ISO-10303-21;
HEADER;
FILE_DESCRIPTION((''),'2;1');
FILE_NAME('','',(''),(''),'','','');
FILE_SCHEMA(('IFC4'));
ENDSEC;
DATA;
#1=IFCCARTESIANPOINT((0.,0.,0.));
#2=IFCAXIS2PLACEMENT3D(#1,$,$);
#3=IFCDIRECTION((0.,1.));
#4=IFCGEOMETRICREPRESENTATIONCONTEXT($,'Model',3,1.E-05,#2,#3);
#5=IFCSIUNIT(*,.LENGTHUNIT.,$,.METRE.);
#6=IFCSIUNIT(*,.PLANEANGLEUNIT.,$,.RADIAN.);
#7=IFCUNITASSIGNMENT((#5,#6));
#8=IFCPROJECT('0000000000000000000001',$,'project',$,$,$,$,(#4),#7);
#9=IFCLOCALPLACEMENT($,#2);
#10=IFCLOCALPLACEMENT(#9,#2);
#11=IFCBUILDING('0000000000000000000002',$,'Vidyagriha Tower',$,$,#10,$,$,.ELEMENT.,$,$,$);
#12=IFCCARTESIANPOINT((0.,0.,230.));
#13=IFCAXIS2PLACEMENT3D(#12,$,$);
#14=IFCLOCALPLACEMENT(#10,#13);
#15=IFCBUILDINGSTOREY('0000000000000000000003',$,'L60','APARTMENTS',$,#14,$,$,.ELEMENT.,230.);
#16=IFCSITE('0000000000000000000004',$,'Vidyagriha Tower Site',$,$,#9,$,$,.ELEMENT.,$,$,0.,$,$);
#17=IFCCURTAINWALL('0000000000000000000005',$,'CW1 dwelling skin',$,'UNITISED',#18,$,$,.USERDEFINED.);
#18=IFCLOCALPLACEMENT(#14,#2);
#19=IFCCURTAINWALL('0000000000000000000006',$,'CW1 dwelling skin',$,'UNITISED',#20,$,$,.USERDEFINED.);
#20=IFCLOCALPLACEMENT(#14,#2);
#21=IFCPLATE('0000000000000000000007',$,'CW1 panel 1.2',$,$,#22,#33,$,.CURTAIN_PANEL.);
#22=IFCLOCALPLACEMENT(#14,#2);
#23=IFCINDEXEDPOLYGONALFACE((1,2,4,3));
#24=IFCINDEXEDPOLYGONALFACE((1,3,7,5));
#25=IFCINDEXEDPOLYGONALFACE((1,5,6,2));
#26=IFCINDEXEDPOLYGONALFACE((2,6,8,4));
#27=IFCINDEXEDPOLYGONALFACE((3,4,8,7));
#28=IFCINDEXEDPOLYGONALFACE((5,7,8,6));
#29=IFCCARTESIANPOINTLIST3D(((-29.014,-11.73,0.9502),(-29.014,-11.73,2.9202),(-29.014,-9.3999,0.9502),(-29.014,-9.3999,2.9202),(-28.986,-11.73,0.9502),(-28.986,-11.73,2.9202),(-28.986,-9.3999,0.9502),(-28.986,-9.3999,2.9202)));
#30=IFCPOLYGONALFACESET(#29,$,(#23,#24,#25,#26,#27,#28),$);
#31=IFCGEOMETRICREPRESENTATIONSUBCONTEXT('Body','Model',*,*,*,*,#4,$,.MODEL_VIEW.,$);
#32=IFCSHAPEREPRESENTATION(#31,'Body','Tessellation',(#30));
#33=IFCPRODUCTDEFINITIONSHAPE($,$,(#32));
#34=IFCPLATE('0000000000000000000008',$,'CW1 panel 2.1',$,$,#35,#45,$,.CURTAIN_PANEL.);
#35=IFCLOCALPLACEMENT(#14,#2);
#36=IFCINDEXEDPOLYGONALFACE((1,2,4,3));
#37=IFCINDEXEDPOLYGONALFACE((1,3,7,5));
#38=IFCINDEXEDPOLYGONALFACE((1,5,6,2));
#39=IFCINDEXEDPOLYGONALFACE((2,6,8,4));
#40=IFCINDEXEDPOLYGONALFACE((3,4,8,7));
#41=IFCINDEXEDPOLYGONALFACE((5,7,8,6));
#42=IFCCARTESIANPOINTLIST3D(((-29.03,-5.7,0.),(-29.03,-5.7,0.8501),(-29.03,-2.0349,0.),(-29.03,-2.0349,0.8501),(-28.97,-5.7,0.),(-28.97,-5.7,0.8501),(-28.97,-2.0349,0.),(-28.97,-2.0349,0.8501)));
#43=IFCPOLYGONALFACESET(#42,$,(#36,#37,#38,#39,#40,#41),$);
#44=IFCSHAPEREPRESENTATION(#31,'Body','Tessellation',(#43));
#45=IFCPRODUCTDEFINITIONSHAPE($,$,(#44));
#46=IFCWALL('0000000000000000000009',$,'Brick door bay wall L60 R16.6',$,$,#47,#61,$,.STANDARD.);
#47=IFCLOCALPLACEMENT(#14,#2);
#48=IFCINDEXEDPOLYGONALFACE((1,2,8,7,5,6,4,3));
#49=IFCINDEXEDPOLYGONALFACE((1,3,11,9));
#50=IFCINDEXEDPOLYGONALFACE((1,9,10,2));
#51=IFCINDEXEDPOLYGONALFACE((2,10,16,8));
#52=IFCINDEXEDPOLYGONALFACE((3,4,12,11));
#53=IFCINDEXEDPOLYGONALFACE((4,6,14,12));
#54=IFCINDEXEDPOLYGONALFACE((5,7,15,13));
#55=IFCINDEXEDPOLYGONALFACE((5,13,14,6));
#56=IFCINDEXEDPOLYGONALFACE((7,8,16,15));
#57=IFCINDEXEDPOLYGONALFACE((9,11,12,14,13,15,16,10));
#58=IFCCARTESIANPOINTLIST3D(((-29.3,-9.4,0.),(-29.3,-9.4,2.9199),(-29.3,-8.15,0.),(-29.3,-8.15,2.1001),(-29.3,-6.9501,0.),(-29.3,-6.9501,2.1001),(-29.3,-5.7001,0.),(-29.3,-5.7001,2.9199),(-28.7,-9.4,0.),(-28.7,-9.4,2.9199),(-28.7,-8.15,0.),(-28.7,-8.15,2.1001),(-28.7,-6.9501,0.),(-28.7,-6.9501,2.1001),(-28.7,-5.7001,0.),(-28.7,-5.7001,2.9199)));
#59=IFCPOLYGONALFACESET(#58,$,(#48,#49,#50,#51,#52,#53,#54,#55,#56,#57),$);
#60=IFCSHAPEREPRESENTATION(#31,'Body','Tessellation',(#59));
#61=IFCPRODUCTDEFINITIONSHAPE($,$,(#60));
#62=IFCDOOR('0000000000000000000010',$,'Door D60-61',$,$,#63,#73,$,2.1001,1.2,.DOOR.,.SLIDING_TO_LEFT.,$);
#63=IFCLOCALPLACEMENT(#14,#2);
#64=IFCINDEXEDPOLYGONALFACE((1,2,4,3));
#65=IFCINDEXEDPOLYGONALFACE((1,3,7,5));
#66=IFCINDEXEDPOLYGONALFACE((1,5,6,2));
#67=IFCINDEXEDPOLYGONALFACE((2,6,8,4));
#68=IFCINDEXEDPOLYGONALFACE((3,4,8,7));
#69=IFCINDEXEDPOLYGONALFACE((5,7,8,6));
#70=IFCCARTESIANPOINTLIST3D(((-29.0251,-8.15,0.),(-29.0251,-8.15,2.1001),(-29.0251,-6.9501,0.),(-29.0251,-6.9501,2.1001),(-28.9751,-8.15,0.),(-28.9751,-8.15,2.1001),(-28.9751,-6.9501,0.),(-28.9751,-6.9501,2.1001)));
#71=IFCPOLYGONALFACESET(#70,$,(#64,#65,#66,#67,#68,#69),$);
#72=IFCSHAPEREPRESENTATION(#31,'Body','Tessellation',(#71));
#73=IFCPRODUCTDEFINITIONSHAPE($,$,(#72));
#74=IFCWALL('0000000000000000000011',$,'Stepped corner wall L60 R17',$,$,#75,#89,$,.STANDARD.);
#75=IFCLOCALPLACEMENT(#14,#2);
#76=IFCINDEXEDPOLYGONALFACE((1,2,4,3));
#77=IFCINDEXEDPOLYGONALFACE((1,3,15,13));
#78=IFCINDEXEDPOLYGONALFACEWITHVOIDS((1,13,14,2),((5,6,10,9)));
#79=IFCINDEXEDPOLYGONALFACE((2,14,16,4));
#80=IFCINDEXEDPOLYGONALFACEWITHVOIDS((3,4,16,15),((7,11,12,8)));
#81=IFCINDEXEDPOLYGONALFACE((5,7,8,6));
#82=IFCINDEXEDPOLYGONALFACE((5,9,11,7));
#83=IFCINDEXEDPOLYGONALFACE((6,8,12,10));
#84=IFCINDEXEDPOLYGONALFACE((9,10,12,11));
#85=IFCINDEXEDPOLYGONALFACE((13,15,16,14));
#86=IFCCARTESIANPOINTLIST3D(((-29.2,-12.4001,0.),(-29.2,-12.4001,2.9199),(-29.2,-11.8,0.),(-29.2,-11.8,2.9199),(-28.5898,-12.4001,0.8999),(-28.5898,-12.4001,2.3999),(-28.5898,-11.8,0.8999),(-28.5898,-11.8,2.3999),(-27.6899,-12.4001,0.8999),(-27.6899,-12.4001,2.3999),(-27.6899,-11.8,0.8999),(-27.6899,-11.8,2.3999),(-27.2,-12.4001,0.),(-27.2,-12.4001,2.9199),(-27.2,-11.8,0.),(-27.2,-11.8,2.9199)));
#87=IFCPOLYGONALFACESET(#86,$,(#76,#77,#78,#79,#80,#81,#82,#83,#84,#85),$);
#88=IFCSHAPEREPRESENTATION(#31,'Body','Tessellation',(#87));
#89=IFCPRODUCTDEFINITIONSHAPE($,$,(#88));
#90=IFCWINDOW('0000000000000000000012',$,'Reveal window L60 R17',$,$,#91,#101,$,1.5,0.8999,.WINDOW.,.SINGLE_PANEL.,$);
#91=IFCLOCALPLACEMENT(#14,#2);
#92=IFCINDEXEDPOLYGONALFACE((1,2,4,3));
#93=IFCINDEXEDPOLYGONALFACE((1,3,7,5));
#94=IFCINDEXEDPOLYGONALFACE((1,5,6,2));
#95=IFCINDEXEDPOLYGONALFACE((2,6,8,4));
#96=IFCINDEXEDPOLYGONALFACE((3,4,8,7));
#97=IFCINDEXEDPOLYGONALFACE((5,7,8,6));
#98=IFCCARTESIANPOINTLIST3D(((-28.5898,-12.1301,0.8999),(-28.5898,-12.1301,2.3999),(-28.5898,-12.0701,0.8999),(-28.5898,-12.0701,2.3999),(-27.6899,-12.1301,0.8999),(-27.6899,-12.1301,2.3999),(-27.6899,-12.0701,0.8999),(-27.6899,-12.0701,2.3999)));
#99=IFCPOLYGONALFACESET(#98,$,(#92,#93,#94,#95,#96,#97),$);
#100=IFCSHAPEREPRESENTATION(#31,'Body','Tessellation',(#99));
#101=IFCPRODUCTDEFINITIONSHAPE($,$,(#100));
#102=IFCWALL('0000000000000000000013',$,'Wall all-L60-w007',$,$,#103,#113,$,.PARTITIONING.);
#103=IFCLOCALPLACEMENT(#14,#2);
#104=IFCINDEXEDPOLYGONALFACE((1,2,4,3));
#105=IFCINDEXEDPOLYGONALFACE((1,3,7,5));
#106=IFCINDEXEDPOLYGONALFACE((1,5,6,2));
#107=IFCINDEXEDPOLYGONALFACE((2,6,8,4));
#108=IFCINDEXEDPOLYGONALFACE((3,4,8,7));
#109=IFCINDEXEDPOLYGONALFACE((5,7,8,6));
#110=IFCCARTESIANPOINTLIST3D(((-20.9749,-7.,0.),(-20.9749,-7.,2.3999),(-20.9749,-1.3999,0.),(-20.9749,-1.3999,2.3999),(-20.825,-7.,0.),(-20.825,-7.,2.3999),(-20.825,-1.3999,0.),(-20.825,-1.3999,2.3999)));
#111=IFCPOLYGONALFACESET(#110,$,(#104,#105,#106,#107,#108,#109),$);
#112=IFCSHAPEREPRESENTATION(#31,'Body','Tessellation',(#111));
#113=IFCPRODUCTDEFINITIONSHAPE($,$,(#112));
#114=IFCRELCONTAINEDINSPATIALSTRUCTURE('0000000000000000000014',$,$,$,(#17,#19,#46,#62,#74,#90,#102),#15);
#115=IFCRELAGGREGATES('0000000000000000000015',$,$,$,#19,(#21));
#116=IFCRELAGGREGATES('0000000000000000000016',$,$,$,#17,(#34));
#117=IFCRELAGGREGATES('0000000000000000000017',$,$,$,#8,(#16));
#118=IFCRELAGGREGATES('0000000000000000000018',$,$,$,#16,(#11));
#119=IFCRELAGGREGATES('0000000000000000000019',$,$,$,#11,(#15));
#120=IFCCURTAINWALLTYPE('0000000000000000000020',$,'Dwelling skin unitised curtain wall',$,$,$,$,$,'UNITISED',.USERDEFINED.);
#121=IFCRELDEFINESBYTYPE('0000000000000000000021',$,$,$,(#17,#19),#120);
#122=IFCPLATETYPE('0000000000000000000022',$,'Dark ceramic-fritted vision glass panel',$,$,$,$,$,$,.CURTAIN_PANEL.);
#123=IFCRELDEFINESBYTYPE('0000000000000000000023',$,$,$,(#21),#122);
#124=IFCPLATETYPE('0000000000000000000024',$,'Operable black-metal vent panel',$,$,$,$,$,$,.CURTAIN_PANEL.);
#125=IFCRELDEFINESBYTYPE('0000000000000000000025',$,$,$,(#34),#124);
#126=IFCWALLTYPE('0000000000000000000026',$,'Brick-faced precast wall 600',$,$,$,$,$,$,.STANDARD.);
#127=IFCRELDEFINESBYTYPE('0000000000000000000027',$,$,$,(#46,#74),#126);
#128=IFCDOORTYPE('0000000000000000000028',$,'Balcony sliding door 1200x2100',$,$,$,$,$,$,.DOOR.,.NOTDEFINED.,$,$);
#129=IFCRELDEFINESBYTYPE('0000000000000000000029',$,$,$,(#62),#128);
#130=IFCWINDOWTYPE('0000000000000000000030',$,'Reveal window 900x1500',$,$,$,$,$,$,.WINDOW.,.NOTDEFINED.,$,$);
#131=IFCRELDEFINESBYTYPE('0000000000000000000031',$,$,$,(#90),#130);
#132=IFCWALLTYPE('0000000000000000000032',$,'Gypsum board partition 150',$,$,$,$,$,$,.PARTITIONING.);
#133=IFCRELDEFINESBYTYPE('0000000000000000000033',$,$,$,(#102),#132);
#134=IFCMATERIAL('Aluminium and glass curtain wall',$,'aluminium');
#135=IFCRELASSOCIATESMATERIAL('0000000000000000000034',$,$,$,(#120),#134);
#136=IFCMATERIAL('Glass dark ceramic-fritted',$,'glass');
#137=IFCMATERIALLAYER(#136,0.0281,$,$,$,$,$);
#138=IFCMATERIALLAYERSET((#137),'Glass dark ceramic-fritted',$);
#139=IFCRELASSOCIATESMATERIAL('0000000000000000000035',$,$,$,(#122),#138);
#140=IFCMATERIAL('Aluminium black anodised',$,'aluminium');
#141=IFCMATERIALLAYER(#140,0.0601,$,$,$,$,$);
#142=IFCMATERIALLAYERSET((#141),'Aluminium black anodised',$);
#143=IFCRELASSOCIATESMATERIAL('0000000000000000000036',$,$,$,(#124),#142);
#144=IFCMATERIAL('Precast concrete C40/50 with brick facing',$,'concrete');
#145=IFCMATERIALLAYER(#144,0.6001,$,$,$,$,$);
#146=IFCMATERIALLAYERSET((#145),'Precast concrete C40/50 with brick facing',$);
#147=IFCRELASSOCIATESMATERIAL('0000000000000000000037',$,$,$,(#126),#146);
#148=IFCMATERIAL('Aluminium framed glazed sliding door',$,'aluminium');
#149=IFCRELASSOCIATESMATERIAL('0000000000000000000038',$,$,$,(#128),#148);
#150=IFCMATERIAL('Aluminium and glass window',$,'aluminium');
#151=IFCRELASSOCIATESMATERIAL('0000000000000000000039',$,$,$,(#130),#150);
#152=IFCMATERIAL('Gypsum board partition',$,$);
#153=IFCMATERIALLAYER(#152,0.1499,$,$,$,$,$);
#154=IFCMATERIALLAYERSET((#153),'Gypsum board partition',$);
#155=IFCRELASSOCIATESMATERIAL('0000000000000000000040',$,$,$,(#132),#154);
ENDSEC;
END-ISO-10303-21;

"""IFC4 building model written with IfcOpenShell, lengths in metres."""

from ifc_helpers import new_model, si_unit, direction, frame, frame_2d, origin, origin_2d, place, context, subcontext, project, spatial, rectangle, extrude, material, layer, layer_set, type_object, element, fill, aggregate, save


model = new_model("IFC4")

# Units and contexts
model_context = context("Model", 3, precision=1e-05, world=origin(), true_north=direction((0.0, 1.0)))
body_context = subcontext(model_context, "Body", "Model", "MODEL_VIEW")
ifc_project = project(units=[si_unit("LENGTHUNIT", "METRE"), si_unit("PLANEANGLEUNIT", "RADIAN")], contexts=[model_context])

# Site, building, storey
site_placement = place(None, origin())
site = spatial("IfcSite", under=ifc_project, at=site_placement, Name="Vidyagriha Tower Site", CompositionType="ELEMENT", RefElevation=0.0)
building_placement = place(site_placement, origin())
building = spatial("IfcBuilding", under=site, at=building_placement, Name="Vidyagriha Tower", CompositionType="ELEMENT")
storey_placement = place(building_placement, frame((0.0, 0.0, 230.0)))
storey = spatial("IfcBuildingStorey", under=building, at=storey_placement, Name="L60", Description="APARTMENTS", CompositionType="ELEMENT", Elevation=230.0)

# Curtain walls
ifc_material_1 = material(Name="Aluminium and glass curtain wall", Category="aluminium")
curtain_wall_type = type_object("IfcCurtainWallType", Name="Dwelling skin unitised curtain wall", ElementType="UNITISED", PredefinedType="USERDEFINED", material=ifc_material_1)
curtain_wall_1_placement = place(storey_placement, origin())
curtain_wall_1 = element("IfcCurtainWall", 1, at=curtain_wall_1_placement, inside=storey, type_object=curtain_wall_type, Name="CW1 dwelling skin", ObjectType="UNITISED", PredefinedType="USERDEFINED")
curtain_wall_2_placement = place(storey_placement, origin())
curtain_wall_2 = element("IfcCurtainWall", 2, at=curtain_wall_2_placement, inside=storey, type_object=curtain_wall_type, Name="CW1 dwelling skin", ObjectType="UNITISED", PredefinedType="USERDEFINED")

# Plates
ifc_material_2 = material(Name="Glass dark ceramic-fritted", Category="glass")
ifc_layer_1 = layer(ifc_material_2, 0.0281)
ifc_layer_set_1 = layer_set([ifc_layer_1], Name="Glass dark ceramic-fritted")
plate_type_1 = type_object("IfcPlateType", Name="Dark ceramic-fritted vision glass panel", PredefinedType="CURTAIN_PANEL", material=ifc_layer_set_1)
plate_1_placement = place(storey_placement, frame((-29.0, -10.5649, 0.9502), z_axis=(0.0, 0.0, 1.0), x_axis=(0.0, -1.0, 0.0)))
plate_1 = element("IfcPlate", 3, at=plate_1_placement, type_object=plate_type_1, Name="CW1 panel 1.2", PredefinedType="CURTAIN_PANEL", context=body_context, shape_type="SweptSolid", body=[
    extrude(rectangle(XDim=2.3301, YDim=0.0281, at=origin_2d()), origin(), (0.0, 0.0, 1.0), 1.97),
])
aggregate(curtain_wall_2, [plate_1])
ifc_material_3 = material(Name="Aluminium black anodised", Category="aluminium")
ifc_layer_2 = layer(ifc_material_3, 0.0601)
ifc_layer_set_2 = layer_set([ifc_layer_2], Name="Aluminium black anodised")
plate_type_2 = type_object("IfcPlateType", Name="Operable black-metal vent panel", PredefinedType="CURTAIN_PANEL", material=ifc_layer_set_2)
plate_2_placement = place(storey_placement, frame((-29.0, -3.8674, 0.0), z_axis=(0.0, 0.0, 1.0), x_axis=(0.0, -1.0, 0.0)))
plate_2 = element("IfcPlate", 4, at=plate_2_placement, type_object=plate_type_2, Name="CW1 panel 2.1", PredefinedType="CURTAIN_PANEL", context=body_context, shape_type="SweptSolid", body=[
    extrude(rectangle(XDim=3.665, YDim=0.0601, at=origin_2d()), origin(), (0.0, 0.0, 1.0), 0.8501),
])
aggregate(curtain_wall_1, [plate_2])

# Wall, opening, door
ifc_material_4 = material(Name="Precast concrete C40/50 with brick facing", Category="concrete")
ifc_layer_3 = layer(ifc_material_4, 0.6001)
ifc_layer_set_3 = layer_set([ifc_layer_3], Name="Precast concrete C40/50 with brick facing")
wall_type_1 = type_object("IfcWallType", Name="Brick-faced precast wall 600", PredefinedType="STANDARD", material=ifc_layer_set_3)
wall_1_placement = place(storey_placement, frame((-29.0, -5.7, 0.0), z_axis=(0.0, 0.0, 1.0), x_axis=(0.0, -1.0, 0.0)))
wall_1 = element("IfcWall", 5, at=wall_1_placement, inside=storey, type_object=wall_type_1, Name="Brick door bay wall L60 R16.6", PredefinedType="STANDARD", context=body_context, shape_type="SweptSolid", body=[
    extrude(rectangle(XDim=3.7, YDim=0.6001, at=frame_2d((1.8501, 0.0))), origin(), (0.0, 0.0, 1.0), 2.9199),
])
opening_1_placement = place(wall_1_placement, frame((1.25, 0.0, 0.0)))
opening_1 = element("IfcOpeningElement", 6, at=opening_1_placement, cuts=wall_1, PredefinedType="OPENING", context=body_context, shape_type="SweptSolid", body=[
    extrude(rectangle(XDim=1.2, YDim=2.1001, at=frame_2d((0.6001, 1.05))), frame((0.0, 0.3101, 0.0), z_axis=(0.0, -1.0, 0.0), x_axis=(1.0, 0.0, 0.0)), (0.0, 0.0, 1.0), 0.6201),
])
ifc_material_5 = material(Name="Aluminium framed glazed sliding door", Category="aluminium")
door_type_1 = type_object("IfcDoorType", Name="Balcony sliding door 1200x2100", OperationType="NOTDEFINED", PredefinedType="DOOR", material=ifc_material_5)
door_1_placement = place(opening_1_placement, origin())
door_1 = element("IfcDoor", 7, at=door_1_placement, inside=storey, type_object=door_type_1, Name="Door D60-61", OperationType="SLIDING_TO_LEFT", OverallHeight=2.1001, OverallWidth=1.2, PredefinedType="DOOR", context=body_context, shape_type="SweptSolid", body=[
    extrude(rectangle(XDim=1.2, YDim=2.1001, at=frame_2d((0.6001, 1.05))), frame((0.0, 0.0249, 0.0), z_axis=(0.0, -1.0, 0.0), x_axis=(1.0, 0.0, 0.0)), (0.0, 0.0, 1.0), 0.05),
])
fill(opening_1, door_1)

# Wall, opening, window
wall_2_placement = place(storey_placement, frame((-29.2, -12.1001, 0.0)))
wall_2 = element("IfcWall", 8, at=wall_2_placement, inside=storey, type_object=wall_type_1, Name="Stepped corner wall L60 R17", PredefinedType="STANDARD", context=body_context, shape_type="SweptSolid", body=[
    extrude(rectangle(XDim=2.0, YDim=0.6001, at=frame_2d((1.0, 0.0))), origin(), (0.0, 0.0, 1.0), 2.9199),
])
opening_2_placement = place(wall_2_placement, frame((0.6101, 0.0, 0.8999)))
opening_2 = element("IfcOpeningElement", 9, at=opening_2_placement, cuts=wall_2, PredefinedType="OPENING", context=body_context, shape_type="SweptSolid", body=[
    extrude(rectangle(XDim=0.8999, YDim=1.5, at=frame_2d((0.45, 0.75))), frame((0.0, 0.3101, 0.0), z_axis=(0.0, -1.0, 0.0), x_axis=(1.0, 0.0, 0.0)), (0.0, 0.0, 1.0), 0.6201),
])
ifc_material_6 = material(Name="Aluminium and glass window", Category="aluminium")
window_type = type_object("IfcWindowType", Name="Reveal window 900x1500", PartitioningType="NOTDEFINED", PredefinedType="WINDOW", material=ifc_material_6)
window_placement = place(opening_2_placement, origin())
window = element("IfcWindow", 10, at=window_placement, inside=storey, type_object=window_type, Name="Reveal window L60 R17", OverallHeight=1.5, OverallWidth=0.8999, PartitioningType="SINGLE_PANEL", PredefinedType="WINDOW", context=body_context, shape_type="SweptSolid", body=[
    extrude(rectangle(XDim=0.8999, YDim=1.5, at=frame_2d((0.45, 0.75))), frame((0.0, 0.03, 0.0), z_axis=(0.0, -1.0, 0.0), x_axis=(1.0, 0.0, 0.0)), (0.0, 0.0, 1.0), 0.0601),
])
fill(opening_2, window)

# Wall
ifc_material_7 = material(Name="Gypsum board partition")
ifc_layer_4 = layer(ifc_material_7, 0.1499)
ifc_layer_set_4 = layer_set([ifc_layer_4], Name="Gypsum board partition")
wall_type_2 = type_object("IfcWallType", Name="Gypsum board partition 150", PredefinedType="PARTITIONING", material=ifc_layer_set_4)
wall_3_placement = place(storey_placement, frame((-20.8999, -7.0, 0.0), z_axis=(0.0, 0.0, 1.0), x_axis=(0.0, 1.0, 0.0)))
element("IfcWall", 11, at=wall_3_placement, inside=storey, type_object=wall_type_2, Name="Wall all-L60-w007", PredefinedType="PARTITIONING", context=body_context, shape_type="SweptSolid", body=[
    extrude(rectangle(XDim=5.6001, YDim=0.1499, at=frame_2d((2.8, 0.0))), origin(), (0.0, 0.0, 1.0), 2.3999),
])

save(model, "model.ifc")
